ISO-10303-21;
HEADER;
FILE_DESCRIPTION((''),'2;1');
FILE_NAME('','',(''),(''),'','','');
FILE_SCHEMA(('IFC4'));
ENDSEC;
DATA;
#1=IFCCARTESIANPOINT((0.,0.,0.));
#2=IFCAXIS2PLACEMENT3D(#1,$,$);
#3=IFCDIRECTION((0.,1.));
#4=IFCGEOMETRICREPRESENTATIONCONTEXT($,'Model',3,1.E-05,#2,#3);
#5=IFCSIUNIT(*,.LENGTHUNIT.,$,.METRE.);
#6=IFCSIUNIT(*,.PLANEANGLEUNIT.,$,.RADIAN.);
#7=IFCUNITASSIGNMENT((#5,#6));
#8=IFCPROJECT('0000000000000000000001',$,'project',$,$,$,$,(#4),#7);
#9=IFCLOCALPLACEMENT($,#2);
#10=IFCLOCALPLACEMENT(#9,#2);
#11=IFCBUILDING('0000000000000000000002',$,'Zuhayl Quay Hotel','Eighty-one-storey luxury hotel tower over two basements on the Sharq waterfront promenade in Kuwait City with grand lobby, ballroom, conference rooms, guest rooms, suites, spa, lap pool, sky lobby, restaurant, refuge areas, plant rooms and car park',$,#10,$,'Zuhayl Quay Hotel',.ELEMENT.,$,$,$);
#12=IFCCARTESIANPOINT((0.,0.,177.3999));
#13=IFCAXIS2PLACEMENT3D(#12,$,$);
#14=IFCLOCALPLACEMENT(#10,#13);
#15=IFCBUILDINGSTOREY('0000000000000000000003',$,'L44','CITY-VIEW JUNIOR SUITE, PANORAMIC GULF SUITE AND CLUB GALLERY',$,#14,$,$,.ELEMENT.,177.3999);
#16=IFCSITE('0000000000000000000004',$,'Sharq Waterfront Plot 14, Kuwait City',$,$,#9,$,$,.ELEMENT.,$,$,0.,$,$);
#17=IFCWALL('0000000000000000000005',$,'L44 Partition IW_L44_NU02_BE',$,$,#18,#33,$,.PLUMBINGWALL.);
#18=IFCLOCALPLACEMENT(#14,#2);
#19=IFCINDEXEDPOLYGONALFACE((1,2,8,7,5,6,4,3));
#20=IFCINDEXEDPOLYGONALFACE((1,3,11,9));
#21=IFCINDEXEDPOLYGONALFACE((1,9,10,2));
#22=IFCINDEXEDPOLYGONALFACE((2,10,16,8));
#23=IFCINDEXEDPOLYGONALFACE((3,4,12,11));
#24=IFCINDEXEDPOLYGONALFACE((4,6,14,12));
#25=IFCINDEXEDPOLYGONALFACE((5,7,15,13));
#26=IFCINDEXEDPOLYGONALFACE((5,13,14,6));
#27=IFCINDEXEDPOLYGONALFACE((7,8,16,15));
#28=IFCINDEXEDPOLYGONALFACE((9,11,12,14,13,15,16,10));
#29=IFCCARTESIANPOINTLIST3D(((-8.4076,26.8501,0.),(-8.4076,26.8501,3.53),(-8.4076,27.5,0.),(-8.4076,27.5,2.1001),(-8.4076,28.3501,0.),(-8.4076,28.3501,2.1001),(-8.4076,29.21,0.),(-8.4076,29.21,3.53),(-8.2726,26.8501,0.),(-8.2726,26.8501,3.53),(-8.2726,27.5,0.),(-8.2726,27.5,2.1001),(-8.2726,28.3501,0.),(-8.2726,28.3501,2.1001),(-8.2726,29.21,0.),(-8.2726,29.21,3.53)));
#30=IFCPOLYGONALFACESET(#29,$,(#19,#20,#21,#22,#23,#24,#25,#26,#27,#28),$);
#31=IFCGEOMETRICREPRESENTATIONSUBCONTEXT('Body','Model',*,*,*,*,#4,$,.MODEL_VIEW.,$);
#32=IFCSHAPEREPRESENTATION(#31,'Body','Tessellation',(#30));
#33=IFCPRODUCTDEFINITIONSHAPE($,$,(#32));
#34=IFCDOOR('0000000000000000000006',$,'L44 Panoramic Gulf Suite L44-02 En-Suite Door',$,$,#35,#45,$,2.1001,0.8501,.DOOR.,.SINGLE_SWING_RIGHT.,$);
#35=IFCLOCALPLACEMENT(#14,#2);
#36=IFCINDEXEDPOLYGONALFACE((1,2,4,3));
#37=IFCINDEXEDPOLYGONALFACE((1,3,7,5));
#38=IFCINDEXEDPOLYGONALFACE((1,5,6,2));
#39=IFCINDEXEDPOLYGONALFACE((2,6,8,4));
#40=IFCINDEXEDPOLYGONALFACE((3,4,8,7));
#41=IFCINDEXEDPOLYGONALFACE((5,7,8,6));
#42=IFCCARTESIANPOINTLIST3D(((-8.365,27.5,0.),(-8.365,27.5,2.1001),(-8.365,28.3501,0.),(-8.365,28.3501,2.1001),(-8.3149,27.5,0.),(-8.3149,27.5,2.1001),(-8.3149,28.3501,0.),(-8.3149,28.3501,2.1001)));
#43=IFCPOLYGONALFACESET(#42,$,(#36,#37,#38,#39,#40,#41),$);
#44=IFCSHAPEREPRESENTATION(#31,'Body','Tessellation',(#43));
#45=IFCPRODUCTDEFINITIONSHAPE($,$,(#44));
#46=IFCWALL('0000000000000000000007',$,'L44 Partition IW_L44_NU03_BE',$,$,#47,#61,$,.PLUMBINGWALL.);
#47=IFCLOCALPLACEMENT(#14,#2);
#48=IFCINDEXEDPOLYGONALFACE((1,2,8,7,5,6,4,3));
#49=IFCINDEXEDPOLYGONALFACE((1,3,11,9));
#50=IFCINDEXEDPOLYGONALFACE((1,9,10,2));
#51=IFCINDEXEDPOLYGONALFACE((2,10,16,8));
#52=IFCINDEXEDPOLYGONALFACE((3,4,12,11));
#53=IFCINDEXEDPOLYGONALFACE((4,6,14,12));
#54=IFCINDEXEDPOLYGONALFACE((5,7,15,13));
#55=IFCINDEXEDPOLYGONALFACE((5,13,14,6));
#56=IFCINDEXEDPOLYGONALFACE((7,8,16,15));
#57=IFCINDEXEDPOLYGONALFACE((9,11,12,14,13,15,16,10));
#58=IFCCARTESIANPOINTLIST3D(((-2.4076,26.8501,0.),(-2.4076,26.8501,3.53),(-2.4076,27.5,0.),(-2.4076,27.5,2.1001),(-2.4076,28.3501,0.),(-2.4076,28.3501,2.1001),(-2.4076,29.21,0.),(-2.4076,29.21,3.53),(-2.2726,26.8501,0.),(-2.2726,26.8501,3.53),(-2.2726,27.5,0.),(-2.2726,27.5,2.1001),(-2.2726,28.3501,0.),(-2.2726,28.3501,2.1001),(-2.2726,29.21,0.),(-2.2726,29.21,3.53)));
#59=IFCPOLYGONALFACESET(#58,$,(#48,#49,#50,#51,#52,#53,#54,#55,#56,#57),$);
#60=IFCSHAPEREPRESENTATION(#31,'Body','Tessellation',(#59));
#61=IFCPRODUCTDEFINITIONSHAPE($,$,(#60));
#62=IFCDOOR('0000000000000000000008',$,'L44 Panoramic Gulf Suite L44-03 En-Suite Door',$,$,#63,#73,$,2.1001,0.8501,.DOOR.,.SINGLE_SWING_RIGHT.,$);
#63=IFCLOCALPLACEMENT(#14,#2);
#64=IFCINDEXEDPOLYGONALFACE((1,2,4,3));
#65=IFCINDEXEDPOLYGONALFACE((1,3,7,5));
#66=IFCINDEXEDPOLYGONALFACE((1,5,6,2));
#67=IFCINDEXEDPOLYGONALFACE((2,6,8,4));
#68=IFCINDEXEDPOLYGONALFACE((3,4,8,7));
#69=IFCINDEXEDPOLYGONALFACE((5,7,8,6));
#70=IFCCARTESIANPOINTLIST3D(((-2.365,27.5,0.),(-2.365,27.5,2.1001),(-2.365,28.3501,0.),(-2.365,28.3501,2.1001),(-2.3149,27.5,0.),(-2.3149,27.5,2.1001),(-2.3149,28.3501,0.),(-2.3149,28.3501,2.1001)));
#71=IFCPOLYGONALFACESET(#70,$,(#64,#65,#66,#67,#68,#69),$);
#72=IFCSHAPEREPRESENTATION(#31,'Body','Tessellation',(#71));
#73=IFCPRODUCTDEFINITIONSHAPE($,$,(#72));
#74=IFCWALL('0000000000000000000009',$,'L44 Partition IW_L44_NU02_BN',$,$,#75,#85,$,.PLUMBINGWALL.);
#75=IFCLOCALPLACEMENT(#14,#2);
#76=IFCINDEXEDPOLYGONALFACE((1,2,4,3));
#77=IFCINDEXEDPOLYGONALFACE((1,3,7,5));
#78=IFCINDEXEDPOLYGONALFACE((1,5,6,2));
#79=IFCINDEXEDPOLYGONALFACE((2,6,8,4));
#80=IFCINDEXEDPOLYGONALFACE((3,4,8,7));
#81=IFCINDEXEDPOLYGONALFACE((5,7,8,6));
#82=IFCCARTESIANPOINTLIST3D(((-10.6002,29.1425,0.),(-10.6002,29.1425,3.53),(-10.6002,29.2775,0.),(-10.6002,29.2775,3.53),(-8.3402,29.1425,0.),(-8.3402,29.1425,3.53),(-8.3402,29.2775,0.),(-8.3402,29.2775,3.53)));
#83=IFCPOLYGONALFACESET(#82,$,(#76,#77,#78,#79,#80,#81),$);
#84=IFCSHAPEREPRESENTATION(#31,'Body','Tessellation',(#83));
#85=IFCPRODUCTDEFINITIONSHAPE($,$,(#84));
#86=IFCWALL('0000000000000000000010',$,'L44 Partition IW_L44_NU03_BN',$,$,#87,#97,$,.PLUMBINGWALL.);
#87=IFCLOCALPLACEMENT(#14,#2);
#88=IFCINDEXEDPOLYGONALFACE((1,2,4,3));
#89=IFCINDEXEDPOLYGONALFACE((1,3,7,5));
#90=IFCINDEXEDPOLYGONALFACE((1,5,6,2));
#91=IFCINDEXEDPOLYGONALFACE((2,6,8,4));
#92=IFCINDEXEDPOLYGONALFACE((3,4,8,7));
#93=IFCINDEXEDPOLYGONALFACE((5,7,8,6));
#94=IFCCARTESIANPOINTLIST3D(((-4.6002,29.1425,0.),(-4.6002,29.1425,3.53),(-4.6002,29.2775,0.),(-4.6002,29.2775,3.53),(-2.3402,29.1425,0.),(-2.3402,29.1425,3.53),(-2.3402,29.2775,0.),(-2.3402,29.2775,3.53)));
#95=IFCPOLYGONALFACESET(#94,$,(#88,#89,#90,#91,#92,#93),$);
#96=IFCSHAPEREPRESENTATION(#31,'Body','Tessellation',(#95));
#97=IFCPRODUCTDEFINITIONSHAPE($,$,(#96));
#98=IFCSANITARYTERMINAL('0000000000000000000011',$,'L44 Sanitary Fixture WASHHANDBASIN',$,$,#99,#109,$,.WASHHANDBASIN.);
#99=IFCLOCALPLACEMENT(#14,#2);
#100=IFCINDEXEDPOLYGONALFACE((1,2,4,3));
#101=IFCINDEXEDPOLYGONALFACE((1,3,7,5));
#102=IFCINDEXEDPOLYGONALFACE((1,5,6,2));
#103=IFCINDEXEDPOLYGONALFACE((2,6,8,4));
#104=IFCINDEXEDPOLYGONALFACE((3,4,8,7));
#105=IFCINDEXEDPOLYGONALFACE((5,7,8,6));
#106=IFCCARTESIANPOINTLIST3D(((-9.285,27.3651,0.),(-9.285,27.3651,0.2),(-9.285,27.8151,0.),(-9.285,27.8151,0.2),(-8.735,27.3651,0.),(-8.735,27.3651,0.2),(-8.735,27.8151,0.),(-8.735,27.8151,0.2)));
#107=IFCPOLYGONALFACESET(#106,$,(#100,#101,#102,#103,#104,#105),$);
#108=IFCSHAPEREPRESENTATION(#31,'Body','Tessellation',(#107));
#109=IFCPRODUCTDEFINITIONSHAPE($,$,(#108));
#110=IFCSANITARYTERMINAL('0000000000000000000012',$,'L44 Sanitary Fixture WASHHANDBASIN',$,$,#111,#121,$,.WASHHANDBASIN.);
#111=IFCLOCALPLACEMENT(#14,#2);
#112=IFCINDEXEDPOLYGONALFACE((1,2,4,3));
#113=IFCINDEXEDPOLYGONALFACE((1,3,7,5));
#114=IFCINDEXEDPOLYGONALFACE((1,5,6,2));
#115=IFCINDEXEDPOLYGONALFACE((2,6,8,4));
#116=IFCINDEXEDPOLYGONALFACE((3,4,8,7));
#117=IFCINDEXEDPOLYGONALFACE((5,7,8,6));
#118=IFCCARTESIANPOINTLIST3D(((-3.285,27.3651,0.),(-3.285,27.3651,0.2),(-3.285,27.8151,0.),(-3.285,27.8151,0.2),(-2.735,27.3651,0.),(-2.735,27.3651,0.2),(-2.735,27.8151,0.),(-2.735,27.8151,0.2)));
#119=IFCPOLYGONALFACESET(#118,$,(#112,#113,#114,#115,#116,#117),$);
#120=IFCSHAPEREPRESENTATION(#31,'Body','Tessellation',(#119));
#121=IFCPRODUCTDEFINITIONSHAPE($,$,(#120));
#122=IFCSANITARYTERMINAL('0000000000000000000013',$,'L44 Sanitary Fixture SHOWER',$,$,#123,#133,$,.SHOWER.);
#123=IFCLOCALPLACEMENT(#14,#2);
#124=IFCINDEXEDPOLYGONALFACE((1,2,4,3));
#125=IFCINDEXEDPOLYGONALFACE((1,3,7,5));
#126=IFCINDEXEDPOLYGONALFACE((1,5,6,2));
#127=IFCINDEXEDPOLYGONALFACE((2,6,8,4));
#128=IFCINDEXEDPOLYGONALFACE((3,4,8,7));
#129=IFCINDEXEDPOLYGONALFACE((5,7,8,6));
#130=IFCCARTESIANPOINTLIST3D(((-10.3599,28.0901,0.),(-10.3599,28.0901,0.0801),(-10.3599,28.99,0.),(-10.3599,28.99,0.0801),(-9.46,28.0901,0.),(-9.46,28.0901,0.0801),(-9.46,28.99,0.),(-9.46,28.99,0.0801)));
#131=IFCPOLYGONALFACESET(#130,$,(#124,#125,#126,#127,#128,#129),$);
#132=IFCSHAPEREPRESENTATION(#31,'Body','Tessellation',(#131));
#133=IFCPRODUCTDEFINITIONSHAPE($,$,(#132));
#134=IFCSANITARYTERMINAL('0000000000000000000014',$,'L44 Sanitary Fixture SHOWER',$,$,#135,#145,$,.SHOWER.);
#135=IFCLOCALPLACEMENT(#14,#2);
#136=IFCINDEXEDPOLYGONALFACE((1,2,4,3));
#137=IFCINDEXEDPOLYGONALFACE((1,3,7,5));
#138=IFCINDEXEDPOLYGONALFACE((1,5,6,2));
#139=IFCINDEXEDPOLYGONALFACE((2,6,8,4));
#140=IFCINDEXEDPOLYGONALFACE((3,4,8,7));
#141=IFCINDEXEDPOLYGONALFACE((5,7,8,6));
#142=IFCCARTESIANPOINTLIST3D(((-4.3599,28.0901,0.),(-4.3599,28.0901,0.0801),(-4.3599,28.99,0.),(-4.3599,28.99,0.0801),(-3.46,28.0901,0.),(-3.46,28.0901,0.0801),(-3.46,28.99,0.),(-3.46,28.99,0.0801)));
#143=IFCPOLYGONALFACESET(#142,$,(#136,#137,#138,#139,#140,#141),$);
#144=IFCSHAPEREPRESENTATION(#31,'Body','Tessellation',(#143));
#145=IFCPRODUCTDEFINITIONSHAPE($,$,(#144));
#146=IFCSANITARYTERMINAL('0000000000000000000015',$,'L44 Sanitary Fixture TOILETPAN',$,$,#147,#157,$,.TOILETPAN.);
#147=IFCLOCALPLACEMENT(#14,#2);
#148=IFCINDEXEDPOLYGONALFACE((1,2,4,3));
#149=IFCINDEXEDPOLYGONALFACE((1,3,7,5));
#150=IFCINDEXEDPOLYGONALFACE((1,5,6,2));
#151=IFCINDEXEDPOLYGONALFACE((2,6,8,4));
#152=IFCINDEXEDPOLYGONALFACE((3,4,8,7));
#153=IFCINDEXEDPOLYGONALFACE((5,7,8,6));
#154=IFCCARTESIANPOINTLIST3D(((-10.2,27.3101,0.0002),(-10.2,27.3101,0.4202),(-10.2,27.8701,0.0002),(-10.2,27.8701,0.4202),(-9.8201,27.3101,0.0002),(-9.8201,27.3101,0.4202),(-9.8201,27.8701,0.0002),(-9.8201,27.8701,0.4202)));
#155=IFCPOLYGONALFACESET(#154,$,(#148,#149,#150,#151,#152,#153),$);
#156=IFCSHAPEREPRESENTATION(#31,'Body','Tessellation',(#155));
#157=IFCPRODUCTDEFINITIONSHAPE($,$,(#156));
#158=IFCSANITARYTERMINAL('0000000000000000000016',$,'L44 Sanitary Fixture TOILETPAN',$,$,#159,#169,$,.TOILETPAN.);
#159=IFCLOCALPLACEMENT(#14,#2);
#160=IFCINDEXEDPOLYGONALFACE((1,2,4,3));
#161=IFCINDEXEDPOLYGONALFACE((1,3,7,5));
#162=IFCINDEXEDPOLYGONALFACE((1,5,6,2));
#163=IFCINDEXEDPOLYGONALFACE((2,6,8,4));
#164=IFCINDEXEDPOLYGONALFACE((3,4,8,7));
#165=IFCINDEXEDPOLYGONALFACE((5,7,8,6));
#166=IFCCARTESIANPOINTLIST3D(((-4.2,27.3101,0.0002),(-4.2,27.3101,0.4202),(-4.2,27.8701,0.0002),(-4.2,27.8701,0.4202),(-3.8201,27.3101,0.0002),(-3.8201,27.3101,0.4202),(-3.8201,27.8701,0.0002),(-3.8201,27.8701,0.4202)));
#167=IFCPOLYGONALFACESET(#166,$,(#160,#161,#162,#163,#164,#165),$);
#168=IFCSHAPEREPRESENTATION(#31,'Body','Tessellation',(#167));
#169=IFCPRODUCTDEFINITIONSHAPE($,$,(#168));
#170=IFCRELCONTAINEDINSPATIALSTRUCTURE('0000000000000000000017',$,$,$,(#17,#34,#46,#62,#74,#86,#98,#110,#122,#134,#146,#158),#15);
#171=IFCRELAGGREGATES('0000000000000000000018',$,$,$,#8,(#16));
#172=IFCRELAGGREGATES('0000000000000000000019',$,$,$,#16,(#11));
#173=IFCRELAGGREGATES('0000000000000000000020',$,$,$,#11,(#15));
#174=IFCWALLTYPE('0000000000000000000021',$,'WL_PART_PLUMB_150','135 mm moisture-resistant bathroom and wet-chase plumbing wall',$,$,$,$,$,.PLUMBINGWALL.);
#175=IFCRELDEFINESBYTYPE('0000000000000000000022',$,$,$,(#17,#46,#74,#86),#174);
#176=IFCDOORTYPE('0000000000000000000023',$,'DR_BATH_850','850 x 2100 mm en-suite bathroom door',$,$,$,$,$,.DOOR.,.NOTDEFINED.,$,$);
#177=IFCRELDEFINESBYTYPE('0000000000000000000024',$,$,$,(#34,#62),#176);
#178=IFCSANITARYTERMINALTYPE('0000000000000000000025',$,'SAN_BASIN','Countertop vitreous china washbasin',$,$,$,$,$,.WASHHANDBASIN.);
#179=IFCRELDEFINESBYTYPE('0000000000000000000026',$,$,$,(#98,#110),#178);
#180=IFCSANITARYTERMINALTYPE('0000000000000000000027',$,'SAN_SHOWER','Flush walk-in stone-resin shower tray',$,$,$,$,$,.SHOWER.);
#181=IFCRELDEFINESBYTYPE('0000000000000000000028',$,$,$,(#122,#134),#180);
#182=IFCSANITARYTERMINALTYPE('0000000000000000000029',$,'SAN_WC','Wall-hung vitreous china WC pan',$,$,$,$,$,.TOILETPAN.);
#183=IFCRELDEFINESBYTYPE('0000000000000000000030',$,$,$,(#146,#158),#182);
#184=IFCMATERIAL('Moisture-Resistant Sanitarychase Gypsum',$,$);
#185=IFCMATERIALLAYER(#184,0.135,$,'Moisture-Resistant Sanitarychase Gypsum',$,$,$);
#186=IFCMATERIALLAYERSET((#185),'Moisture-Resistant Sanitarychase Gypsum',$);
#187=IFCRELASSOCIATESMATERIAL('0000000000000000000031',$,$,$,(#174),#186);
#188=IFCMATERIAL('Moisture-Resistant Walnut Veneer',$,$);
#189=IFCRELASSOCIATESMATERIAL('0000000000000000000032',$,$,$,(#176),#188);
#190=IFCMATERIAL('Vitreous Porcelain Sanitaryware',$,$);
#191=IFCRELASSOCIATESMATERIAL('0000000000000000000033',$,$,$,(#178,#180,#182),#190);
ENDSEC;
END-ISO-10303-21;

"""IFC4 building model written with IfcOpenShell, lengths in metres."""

from ifc_helpers import new_model, si_unit, direction, frame, frame_2d, origin, origin_2d, place, context, subcontext, project, spatial, rectangle, extrude, material, layer, layer_set, type_object, element, fill, save


model = new_model("IFC4")

# Units and contexts
model_context = context("Model", 3, precision=1e-05, world=origin(), true_north=direction((0.0, 1.0)))
body_context = subcontext(model_context, "Body", "Model", "MODEL_VIEW")
ifc_project = project(units=[si_unit("LENGTHUNIT", "METRE"), si_unit("PLANEANGLEUNIT", "RADIAN")], contexts=[model_context])

# Site, building, storey
site_placement = place(None, origin())
site = spatial("IfcSite", under=ifc_project, at=site_placement, Name="Sharq Waterfront Plot 14, Kuwait City", CompositionType="ELEMENT", RefElevation=0.0)
building_placement = place(site_placement, origin())
building = spatial("IfcBuilding", under=site, at=building_placement, Name="Zuhayl Quay Hotel", Description="Eighty-one-storey luxury hotel tower over two basements on the Sharq waterfront promenade in Kuwait City with grand lobby, ballroom, conference rooms, guest rooms, suites, spa, lap pool, sky lobby, restaurant, refuge areas, plant rooms and car park", LongName="Zuhayl Quay Hotel", CompositionType="ELEMENT")
storey_placement = place(building_placement, frame((0.0, 0.0, 177.3999)))
storey = spatial("IfcBuildingStorey", under=building, at=storey_placement, Name="L44", Description="CITY-VIEW JUNIOR SUITE, PANORAMIC GULF SUITE AND CLUB GALLERY", CompositionType="ELEMENT", Elevation=177.3999)

# Walls, openings, doors
ifc_material_1 = material(Name="Moisture-Resistant Sanitarychase Gypsum")
ifc_layer_1 = layer(ifc_material_1, 0.135, Name="Moisture-Resistant Sanitarychase Gypsum")
ifc_layer_set_1 = layer_set([ifc_layer_1], Name="Moisture-Resistant Sanitarychase Gypsum")
wall_type_1 = type_object("IfcWallType", Name="WL_PART_PLUMB_150", Description="135 mm moisture-resistant bathroom and wet-chase plumbing wall", PredefinedType="PLUMBINGWALL", material=ifc_layer_set_1)
wall_1_placement = place(storey_placement, frame((-8.3401, 26.8501, 0.0), z_axis=(0.0, 0.0, 1.0), x_axis=(0.0, 1.0, 0.0)))
wall_1 = element("IfcWall", 1, at=wall_1_placement, inside=storey, type_object=wall_type_1, Name="L44 Partition IW_L44_NU02_BE", PredefinedType="PLUMBINGWALL", context=body_context, shape_type="SweptSolid", body=[
    extrude(rectangle(XDim=2.3599, YDim=0.135, at=frame_2d((1.1799, 0.0))), origin(), (0.0, 0.0, 1.0), 3.53),
])
opening_1_placement = place(wall_1_placement, frame((0.6499, 0.0, 0.0)))
opening_1 = element("IfcOpeningElement", 2, at=opening_1_placement, cuts=wall_1, PredefinedType="OPENING", context=body_context, shape_type="SweptSolid", body=[
    extrude(rectangle(XDim=0.8501, YDim=2.1001, at=frame_2d((0.425, 1.05))), frame((0.0, 0.0774, 0.0), z_axis=(0.0, -1.0, 0.0), x_axis=(1.0, 0.0, 0.0)), (0.0, 0.0, 1.0), 0.155),
])
ifc_material_2 = material(Name="Moisture-Resistant Walnut Veneer")
door_type_1 = type_object("IfcDoorType", Name="DR_BATH_850", Description="850 x 2100 mm en-suite bathroom door", OperationType="NOTDEFINED", PredefinedType="DOOR", material=ifc_material_2)
door_1_placement = place(opening_1_placement, origin())
door_1 = element("IfcDoor", 3, at=door_1_placement, inside=storey, type_object=door_type_1, Name="L44 Panoramic Gulf Suite L44-02 En-Suite Door", OperationType="SINGLE_SWING_RIGHT", OverallHeight=2.1001, OverallWidth=0.8501, PredefinedType="DOOR", context=body_context, shape_type="SweptSolid", body=[
    extrude(rectangle(XDim=0.8501, YDim=2.1001, at=frame_2d((0.425, 1.05))), frame((0.0, 0.0249, 0.0), z_axis=(0.0, -1.0, 0.0), x_axis=(1.0, 0.0, 0.0)), (0.0, 0.0, 1.0), 0.05),
])
fill(opening_1, door_1)
wall_2_placement = place(storey_placement, frame((-2.3401, 26.8501, 0.0), z_axis=(0.0, 0.0, 1.0), x_axis=(0.0, 1.0, 0.0)))
wall_2 = element("IfcWall", 4, at=wall_2_placement, inside=storey, type_object=wall_type_1, Name="L44 Partition IW_L44_NU03_BE", PredefinedType="PLUMBINGWALL", context=body_context, shape_type="SweptSolid", body=[
    extrude(rectangle(XDim=2.3599, YDim=0.135, at=frame_2d((1.1799, 0.0))), origin(), (0.0, 0.0, 1.0), 3.53),
])
opening_2_placement = place(wall_2_placement, frame((0.6499, 0.0, 0.0)))
opening_2 = element("IfcOpeningElement", 5, at=opening_2_placement, cuts=wall_2, PredefinedType="OPENING", context=body_context, shape_type="SweptSolid", body=[
    extrude(rectangle(XDim=0.8501, YDim=2.1001, at=frame_2d((0.425, 1.05))), frame((0.0, 0.0774, 0.0), z_axis=(0.0, -1.0, 0.0), x_axis=(1.0, 0.0, 0.0)), (0.0, 0.0, 1.0), 0.155),
])
door_2_placement = place(opening_2_placement, origin())
door_2 = element("IfcDoor", 6, at=door_2_placement, inside=storey, type_object=door_type_1, Name="L44 Panoramic Gulf Suite L44-03 En-Suite Door", OperationType="SINGLE_SWING_RIGHT", OverallHeight=2.1001, OverallWidth=0.8501, PredefinedType="DOOR", context=body_context, shape_type="SweptSolid", body=[
    extrude(rectangle(XDim=0.8501, YDim=2.1001, at=frame_2d((0.425, 1.05))), frame((0.0, 0.0249, 0.0), z_axis=(0.0, -1.0, 0.0), x_axis=(1.0, 0.0, 0.0)), (0.0, 0.0, 1.0), 0.05),
])
fill(opening_2, door_2)

# Walls
for number, where, z_axis, x_axis, name in (
    (7, (-10.6001, 29.21, 0.0), (0.0, 0.0, 1.0), (1.0, 0.0, 0.0), "L44 Partition IW_L44_NU02_BN"),
    (8, (-4.6001, 29.21, 0.0), (0.0, 0.0, 1.0), (1.0, 0.0, 0.0), "L44 Partition IW_L44_NU03_BN"),
):
    element("IfcWall", number, at=place(storey_placement, frame(where, z_axis=z_axis, x_axis=x_axis)), inside=storey, type_object=wall_type_1, Name=name, PredefinedType="PLUMBINGWALL", context=body_context, shape_type="SweptSolid", body=[
        extrude(rectangle(XDim=2.26, YDim=0.135, at=frame_2d((1.1299, 0.0))), origin(), (0.0, 0.0, 1.0), 3.53),
    ])

# Sanitary terminals
ifc_material_3 = material(Name="Vitreous Porcelain Sanitaryware")
sanitary_terminal_type_1 = type_object("IfcSanitaryTerminalType", Name="SAN_BASIN", Description="Countertop vitreous china washbasin", PredefinedType="WASHHANDBASIN", material=ifc_material_3)
for number, where, z_axis, x_axis, name in (
    (9, (-9.01, 27.5901, 0.0), (0.0, 0.0, 1.0), (1.0, 0.0, 0.0), "L44 Sanitary Fixture WASHHANDBASIN"),
    (10, (-3.01, 27.5901, 0.0), (0.0, 0.0, 1.0), (1.0, 0.0, 0.0), "L44 Sanitary Fixture WASHHANDBASIN"),
):
    element("IfcSanitaryTerminal", number, at=place(storey_placement, frame(where, z_axis=z_axis, x_axis=x_axis)), inside=storey, type_object=sanitary_terminal_type_1, Name=name, PredefinedType="WASHHANDBASIN", context=body_context, shape_type="SweptSolid", body=[
        extrude(rectangle(XDim=0.55, YDim=0.45, at=origin_2d()), origin(), (0.0, 0.0, 1.0), 0.2),
    ])
sanitary_terminal_type_2 = type_object("IfcSanitaryTerminalType", Name="SAN_SHOWER", Description="Flush walk-in stone-resin shower tray", PredefinedType="SHOWER", material=ifc_material_3)
for number, where, z_axis, x_axis, name in (
    (11, (-9.9099, 28.54, 0.0), (0.0, 0.0, 1.0), (1.0, 0.0, 0.0), "L44 Sanitary Fixture SHOWER"),
    (12, (-3.9099, 28.54, 0.0), (0.0, 0.0, 1.0), (1.0, 0.0, 0.0), "L44 Sanitary Fixture SHOWER"),
):
    element("IfcSanitaryTerminal", number, at=place(storey_placement, frame(where, z_axis=z_axis, x_axis=x_axis)), inside=storey, type_object=sanitary_terminal_type_2, Name=name, PredefinedType="SHOWER", context=body_context, shape_type="SweptSolid", body=[
        extrude(rectangle(XDim=0.8999, YDim=0.8999, at=origin_2d()), origin(), (0.0, 0.0, 1.0), 0.0801),
    ])
sanitary_terminal_type_3 = type_object("IfcSanitaryTerminalType", Name="SAN_WC", Description="Wall-hung vitreous china WC pan", PredefinedType="TOILETPAN", material=ifc_material_3)
for number, where, z_axis, x_axis, name in (
    (13, (-10.01, 27.5901, 0.0002), (0.0, 0.0, 1.0), (1.0, 0.0, 0.0), "L44 Sanitary Fixture TOILETPAN"),
    (14, (-4.01, 27.5901, 0.0002), (0.0, 0.0, 1.0), (1.0, 0.0, 0.0), "L44 Sanitary Fixture TOILETPAN"),
):
    element("IfcSanitaryTerminal", number, at=place(storey_placement, frame(where, z_axis=z_axis, x_axis=x_axis)), inside=storey, type_object=sanitary_terminal_type_3, Name=name, PredefinedType="TOILETPAN", context=body_context, shape_type="SweptSolid", body=[
        extrude(rectangle(XDim=0.3799, YDim=0.5601, at=origin_2d()), origin(), (0.0, 0.0, 1.0), 0.4199),
    ])

save(model, "model.ifc")
